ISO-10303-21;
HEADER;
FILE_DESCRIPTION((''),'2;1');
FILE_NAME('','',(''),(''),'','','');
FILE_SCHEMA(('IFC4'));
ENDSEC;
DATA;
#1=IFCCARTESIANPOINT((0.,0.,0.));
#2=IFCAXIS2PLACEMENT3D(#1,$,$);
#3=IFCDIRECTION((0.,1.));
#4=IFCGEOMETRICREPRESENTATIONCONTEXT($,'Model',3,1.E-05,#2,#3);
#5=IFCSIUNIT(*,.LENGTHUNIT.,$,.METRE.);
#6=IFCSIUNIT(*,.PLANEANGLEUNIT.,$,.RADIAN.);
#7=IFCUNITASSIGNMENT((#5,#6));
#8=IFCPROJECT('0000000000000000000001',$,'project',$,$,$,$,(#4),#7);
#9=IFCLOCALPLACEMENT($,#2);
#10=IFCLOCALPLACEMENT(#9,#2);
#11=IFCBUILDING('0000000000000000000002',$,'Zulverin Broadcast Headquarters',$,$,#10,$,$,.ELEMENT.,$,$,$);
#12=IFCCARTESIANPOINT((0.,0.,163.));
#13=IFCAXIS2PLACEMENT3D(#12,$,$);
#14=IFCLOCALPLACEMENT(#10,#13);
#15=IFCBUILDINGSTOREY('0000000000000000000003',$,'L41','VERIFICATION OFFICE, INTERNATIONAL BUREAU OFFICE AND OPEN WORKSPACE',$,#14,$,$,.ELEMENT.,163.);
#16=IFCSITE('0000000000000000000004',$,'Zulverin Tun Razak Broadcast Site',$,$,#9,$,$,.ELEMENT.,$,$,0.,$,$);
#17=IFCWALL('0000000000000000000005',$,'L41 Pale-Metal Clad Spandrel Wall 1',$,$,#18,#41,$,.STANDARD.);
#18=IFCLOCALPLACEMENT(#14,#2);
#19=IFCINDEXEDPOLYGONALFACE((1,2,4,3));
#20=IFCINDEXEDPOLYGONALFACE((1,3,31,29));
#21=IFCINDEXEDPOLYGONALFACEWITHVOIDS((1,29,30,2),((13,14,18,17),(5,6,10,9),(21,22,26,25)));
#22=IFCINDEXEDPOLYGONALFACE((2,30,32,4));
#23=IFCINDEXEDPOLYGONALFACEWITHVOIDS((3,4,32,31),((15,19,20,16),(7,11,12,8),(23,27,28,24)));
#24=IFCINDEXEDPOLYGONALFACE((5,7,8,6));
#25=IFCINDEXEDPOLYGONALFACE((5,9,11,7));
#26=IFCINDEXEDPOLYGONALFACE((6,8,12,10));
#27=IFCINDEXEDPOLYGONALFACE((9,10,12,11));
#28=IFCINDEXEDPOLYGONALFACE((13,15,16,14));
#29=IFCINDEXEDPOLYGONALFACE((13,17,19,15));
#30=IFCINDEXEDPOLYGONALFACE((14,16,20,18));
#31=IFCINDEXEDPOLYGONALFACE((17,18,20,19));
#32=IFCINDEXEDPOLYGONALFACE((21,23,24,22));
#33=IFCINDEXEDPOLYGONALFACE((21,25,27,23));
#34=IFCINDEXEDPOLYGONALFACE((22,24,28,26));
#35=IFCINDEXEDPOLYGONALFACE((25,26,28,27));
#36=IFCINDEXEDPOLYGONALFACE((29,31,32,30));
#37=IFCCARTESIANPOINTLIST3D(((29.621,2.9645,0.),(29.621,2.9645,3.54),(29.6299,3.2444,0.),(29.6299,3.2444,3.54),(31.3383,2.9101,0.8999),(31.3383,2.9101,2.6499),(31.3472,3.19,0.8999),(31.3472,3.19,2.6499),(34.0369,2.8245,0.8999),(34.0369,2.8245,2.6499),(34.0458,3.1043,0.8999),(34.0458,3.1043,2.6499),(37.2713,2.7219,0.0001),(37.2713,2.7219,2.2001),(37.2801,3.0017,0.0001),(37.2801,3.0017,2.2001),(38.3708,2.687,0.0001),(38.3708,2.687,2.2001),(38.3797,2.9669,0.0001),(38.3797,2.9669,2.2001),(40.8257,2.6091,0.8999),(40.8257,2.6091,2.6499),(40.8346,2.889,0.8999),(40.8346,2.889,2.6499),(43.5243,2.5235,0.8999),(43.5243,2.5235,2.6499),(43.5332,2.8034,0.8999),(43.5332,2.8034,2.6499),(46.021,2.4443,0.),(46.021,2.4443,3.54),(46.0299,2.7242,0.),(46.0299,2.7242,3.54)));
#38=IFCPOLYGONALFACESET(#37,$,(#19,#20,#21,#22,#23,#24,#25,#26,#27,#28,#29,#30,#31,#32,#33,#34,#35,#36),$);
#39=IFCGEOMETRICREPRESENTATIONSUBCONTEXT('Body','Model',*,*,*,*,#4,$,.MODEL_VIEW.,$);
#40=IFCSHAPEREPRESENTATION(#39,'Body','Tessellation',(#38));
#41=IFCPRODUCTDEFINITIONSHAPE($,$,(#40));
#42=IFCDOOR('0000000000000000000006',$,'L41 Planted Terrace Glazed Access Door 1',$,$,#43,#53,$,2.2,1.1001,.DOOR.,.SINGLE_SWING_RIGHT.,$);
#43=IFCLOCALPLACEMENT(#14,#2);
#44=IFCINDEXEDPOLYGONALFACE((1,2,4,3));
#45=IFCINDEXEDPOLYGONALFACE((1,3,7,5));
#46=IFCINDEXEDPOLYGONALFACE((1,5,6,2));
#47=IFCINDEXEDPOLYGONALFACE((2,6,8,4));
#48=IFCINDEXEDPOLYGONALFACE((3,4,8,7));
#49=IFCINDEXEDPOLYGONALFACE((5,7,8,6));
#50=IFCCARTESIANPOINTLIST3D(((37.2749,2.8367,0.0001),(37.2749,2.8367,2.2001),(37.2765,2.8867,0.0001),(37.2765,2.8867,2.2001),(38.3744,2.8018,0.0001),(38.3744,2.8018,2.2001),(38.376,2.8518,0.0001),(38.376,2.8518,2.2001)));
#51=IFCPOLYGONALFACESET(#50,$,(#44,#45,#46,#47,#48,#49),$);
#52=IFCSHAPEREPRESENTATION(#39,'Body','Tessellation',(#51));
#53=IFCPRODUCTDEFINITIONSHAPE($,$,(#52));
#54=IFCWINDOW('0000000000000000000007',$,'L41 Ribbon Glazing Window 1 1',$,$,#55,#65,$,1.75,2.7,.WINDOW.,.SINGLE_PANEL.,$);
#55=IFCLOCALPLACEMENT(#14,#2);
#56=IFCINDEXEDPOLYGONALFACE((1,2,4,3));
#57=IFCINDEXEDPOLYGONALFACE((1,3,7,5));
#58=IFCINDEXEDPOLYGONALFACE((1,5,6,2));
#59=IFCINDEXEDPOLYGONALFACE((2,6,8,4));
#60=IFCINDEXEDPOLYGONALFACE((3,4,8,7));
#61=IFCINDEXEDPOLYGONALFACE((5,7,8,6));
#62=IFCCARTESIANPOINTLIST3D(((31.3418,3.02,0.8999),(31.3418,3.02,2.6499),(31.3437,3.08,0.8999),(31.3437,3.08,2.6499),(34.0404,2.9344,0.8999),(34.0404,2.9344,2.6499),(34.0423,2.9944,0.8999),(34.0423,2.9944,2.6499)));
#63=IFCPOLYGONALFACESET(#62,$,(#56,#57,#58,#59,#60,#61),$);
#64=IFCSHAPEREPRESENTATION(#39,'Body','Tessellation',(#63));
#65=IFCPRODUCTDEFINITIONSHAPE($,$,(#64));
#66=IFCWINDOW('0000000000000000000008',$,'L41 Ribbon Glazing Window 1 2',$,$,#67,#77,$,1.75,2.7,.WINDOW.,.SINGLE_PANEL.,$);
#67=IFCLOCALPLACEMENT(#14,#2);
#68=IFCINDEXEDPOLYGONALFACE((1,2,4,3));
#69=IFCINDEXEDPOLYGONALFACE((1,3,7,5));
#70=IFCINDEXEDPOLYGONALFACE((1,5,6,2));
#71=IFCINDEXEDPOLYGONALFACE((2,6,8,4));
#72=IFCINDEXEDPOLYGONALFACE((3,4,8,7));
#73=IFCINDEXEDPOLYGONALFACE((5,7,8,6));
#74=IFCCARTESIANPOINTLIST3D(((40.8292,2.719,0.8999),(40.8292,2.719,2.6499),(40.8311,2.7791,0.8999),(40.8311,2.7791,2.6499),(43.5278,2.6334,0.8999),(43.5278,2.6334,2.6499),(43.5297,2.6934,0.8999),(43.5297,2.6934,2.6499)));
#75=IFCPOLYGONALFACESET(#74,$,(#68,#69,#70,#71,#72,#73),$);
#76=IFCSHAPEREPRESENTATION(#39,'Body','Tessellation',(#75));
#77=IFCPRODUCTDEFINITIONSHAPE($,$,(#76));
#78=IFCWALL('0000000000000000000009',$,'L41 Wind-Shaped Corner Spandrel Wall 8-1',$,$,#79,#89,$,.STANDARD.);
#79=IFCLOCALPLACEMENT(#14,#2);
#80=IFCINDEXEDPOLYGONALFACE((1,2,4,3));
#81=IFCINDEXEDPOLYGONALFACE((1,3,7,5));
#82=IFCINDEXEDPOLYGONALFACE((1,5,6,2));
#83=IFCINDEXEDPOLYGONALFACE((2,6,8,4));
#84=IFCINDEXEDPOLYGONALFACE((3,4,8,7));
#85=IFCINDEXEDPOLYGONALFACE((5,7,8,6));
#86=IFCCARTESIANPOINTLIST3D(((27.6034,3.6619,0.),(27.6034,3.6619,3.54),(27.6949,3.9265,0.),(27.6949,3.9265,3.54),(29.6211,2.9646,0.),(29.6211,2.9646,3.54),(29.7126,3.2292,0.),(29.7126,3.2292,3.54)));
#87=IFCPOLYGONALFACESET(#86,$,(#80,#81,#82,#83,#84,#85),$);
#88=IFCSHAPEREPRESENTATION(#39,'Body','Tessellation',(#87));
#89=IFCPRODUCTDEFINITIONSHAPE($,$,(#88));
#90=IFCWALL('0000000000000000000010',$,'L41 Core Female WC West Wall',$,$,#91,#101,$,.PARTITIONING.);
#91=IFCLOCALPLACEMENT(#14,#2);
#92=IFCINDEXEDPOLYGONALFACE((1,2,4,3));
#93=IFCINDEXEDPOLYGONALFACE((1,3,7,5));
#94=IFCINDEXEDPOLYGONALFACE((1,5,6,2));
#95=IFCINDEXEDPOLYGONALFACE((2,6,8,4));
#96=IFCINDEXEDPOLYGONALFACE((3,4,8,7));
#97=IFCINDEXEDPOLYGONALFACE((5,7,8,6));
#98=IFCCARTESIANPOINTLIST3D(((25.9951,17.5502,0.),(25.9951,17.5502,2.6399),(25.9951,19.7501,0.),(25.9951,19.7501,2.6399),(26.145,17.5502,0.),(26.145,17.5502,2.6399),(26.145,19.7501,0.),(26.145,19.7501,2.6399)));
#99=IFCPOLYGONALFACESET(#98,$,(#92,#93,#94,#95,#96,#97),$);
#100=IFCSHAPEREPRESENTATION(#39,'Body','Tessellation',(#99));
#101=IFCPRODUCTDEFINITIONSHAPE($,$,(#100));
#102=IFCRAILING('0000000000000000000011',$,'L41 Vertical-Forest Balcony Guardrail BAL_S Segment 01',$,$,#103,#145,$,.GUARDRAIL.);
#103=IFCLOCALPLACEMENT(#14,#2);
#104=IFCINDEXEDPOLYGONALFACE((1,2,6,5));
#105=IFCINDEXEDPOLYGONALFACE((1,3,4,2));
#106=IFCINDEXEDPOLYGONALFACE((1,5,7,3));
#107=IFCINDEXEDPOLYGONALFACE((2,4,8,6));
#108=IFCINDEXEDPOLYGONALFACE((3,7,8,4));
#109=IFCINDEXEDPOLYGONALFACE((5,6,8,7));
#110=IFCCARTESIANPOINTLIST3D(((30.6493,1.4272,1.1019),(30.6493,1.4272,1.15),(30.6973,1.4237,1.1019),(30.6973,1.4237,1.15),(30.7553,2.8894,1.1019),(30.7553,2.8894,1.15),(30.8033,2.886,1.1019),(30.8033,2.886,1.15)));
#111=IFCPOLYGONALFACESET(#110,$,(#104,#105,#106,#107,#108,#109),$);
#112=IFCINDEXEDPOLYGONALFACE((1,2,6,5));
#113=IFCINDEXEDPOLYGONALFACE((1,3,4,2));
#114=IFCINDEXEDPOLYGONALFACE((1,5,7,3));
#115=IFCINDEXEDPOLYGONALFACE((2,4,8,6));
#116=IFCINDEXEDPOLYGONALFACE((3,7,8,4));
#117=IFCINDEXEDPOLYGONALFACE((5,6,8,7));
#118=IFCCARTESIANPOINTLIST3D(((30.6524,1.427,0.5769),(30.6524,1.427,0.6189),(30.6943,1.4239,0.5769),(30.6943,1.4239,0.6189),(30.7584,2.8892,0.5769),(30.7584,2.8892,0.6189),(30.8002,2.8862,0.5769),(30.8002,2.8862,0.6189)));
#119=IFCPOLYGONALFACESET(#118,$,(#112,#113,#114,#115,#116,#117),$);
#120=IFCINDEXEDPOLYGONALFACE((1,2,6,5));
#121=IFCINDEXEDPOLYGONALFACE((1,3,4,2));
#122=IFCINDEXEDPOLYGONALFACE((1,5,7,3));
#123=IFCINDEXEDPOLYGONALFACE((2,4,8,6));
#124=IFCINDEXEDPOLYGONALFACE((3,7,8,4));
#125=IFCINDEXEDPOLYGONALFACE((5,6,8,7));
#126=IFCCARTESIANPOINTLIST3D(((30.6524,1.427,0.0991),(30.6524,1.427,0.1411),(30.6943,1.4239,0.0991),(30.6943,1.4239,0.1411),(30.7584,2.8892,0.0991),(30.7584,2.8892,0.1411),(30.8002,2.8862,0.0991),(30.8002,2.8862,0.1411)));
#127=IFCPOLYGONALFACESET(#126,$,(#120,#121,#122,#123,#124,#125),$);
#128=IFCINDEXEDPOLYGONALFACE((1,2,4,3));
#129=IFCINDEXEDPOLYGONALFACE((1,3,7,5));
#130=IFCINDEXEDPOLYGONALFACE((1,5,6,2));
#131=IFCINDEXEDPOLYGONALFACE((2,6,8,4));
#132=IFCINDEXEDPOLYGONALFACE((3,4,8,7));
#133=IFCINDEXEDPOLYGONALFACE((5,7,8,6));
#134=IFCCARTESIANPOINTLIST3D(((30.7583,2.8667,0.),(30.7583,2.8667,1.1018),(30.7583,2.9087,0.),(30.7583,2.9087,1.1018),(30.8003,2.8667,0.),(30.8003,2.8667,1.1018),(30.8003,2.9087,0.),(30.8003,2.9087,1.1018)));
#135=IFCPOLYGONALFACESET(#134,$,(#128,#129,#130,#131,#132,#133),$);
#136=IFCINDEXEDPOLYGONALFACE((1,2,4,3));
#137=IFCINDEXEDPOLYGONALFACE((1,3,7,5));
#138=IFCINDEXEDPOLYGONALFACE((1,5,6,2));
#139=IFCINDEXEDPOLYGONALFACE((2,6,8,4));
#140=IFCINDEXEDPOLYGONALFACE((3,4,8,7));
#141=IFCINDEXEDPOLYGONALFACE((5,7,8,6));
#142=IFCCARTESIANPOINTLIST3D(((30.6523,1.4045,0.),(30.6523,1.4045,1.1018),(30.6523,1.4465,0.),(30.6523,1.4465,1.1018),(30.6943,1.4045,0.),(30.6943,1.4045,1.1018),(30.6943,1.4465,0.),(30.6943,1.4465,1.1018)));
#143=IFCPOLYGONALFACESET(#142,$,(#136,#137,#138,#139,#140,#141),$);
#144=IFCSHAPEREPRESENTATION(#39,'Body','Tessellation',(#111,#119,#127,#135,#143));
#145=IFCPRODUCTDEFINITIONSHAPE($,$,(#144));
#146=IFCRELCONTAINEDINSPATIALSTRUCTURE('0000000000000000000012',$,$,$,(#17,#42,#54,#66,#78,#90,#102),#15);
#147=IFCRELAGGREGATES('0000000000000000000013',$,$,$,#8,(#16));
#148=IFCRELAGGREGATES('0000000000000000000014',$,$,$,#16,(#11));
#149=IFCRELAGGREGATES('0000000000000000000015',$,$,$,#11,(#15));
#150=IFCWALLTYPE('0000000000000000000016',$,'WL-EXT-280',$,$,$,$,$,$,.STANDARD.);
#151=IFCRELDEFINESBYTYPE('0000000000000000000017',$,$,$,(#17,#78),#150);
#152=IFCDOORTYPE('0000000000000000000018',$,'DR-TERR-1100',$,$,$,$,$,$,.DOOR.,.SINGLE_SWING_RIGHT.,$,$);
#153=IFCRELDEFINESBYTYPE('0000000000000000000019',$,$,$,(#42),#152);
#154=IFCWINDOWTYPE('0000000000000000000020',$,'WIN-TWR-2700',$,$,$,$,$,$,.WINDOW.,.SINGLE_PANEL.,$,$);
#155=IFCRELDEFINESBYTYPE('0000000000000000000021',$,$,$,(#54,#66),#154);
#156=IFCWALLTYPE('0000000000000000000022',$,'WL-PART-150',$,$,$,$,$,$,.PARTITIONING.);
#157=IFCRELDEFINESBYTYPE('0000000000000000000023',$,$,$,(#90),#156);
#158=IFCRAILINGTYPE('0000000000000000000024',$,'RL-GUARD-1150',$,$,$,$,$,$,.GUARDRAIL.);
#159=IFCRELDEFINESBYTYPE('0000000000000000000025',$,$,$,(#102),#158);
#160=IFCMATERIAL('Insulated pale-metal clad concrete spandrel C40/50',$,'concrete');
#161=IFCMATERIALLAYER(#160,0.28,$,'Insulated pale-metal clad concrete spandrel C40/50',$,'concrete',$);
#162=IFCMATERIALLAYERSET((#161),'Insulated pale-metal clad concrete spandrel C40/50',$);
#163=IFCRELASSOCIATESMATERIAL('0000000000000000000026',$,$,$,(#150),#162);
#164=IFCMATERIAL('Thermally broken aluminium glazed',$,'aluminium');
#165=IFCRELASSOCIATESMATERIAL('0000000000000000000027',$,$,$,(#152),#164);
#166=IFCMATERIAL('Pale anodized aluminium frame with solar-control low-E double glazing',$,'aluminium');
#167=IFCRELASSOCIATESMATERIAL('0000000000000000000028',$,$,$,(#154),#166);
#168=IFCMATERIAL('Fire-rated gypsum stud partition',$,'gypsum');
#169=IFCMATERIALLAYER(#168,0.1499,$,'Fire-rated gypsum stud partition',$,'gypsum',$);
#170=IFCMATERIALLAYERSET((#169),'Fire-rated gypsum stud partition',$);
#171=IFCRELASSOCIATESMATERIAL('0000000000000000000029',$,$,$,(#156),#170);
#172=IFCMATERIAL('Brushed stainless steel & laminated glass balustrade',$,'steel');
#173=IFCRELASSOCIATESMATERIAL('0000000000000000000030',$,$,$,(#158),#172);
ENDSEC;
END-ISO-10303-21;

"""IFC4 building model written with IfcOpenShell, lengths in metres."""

from ifc_helpers import new_model, si_unit, direction, frame, frame_2d, origin, origin_2d, place, context, subcontext, project, spatial, rectangle, extrude, material, layer, layer_set, type_object, element, fill, save


model = new_model("IFC4")

# Units and contexts
model_context = context("Model", 3, precision=1e-05, world=origin(), true_north=direction((0.0, 1.0)))
body_context = subcontext(model_context, "Body", "Model", "MODEL_VIEW")
ifc_project = project(units=[si_unit("LENGTHUNIT", "METRE"), si_unit("PLANEANGLEUNIT", "RADIAN")], contexts=[model_context])

# Site, building, storey
site_placement = place(None, origin())
site = spatial("IfcSite", under=ifc_project, at=site_placement, Name="Zulverin Tun Razak Broadcast Site", CompositionType="ELEMENT", RefElevation=0.0)
building_placement = place(site_placement, origin())
building = spatial("IfcBuilding", under=site, at=building_placement, Name="Zulverin Broadcast Headquarters", CompositionType="ELEMENT")
storey_placement = place(building_placement, frame((0.0, 0.0, 163.0)))
storey = spatial("IfcBuildingStorey", under=building, at=storey_placement, Name="L41", Description="VERIFICATION OFFICE, INTERNATIONAL BUREAU OFFICE AND OPEN WORKSPACE", CompositionType="ELEMENT", Elevation=163.0)

# Wall, openings, door, windows
ifc_material_1 = material(Name="Insulated pale-metal clad concrete spandrel C40/50", Category="concrete")
ifc_layer_1 = layer(ifc_material_1, 0.28, Name="Insulated pale-metal clad concrete spandrel C40/50", Category="concrete")
ifc_layer_set_1 = layer_set([ifc_layer_1], Name="Insulated pale-metal clad concrete spandrel C40/50")
wall_type_1 = type_object("IfcWallType", Name="WL-EXT-280", PredefinedType="STANDARD", material=ifc_layer_set_1)
wall_1_placement = place(storey_placement, frame((29.6255, 3.1045, 0.0), z_axis=(0.0, 0.0, 1.0), x_axis=(0.999497, -0.031708, 0.0)))
wall_1 = element("IfcWall", 1, at=wall_1_placement, inside=storey, type_object=wall_type_1, Name="L41 Pale-Metal Clad Spandrel Wall 1", PredefinedType="STANDARD", context=body_context, shape_type="SweptSolid", body=[
    extrude(rectangle(XDim=16.4082, YDim=0.28, at=frame_2d((8.2041, 0.0))), origin(), (0.0, 0.0, 1.0), 3.54),
])
opening_1_placement = place(wall_1_placement, frame((7.6541, 0.0, 0.0)))
opening_1 = element("IfcOpeningElement", 2, at=opening_1_placement, cuts=wall_1, PredefinedType="OPENING", context=body_context, shape_type="SweptSolid", body=[
    extrude(rectangle(XDim=1.1001, YDim=2.2, at=frame_2d((0.55, 1.1001))), frame((0.0, 0.1499, 0.0), z_axis=(0.0, -1.0, 0.0), x_axis=(1.0, 0.0, 0.0)), (0.0, 0.0, 1.0), 0.3),
])
opening_2_placement = place(wall_1_placement, frame((1.718, 0.0, 0.8999)))
opening_2 = element("IfcOpeningElement", 3, at=opening_2_placement, cuts=wall_1, PredefinedType="OPENING", context=body_context, shape_type="SweptSolid", body=[
    extrude(rectangle(XDim=2.7, YDim=1.75, at=frame_2d((1.3501, 0.875))), frame((0.0, 0.1499, 0.0), z_axis=(0.0, -1.0, 0.0), x_axis=(1.0, 0.0, 0.0)), (0.0, 0.0, 1.0), 0.3),
])
opening_3_placement = place(wall_1_placement, frame((11.2102, 0.0, 0.8999)))
opening_3 = element("IfcOpeningElement", 4, at=opening_3_placement, cuts=wall_1, PredefinedType="OPENING", context=body_context, shape_type="SweptSolid", body=[
    extrude(rectangle(XDim=2.7, YDim=1.75, at=frame_2d((1.3501, 0.875))), frame((0.0, 0.1499, 0.0), z_axis=(0.0, -1.0, 0.0), x_axis=(1.0, 0.0, 0.0)), (0.0, 0.0, 1.0), 0.3),
])
ifc_material_2 = material(Name="Thermally broken aluminium glazed", Category="aluminium")
door_type = type_object("IfcDoorType", Name="DR-TERR-1100", OperationType="SINGLE_SWING_RIGHT", PredefinedType="DOOR", material=ifc_material_2)
door_placement = place(opening_1_placement, origin())
door = element("IfcDoor", 5, at=door_placement, inside=storey, type_object=door_type, Name="L41 Planted Terrace Glazed Access Door 1", OperationType="SINGLE_SWING_RIGHT", OverallHeight=2.2, OverallWidth=1.1001, PredefinedType="DOOR", context=body_context, shape_type="SweptSolid", body=[
    extrude(rectangle(XDim=1.1001, YDim=2.2, at=frame_2d((0.55, 1.1001))), frame((0.0, 0.0249, 0.0), z_axis=(0.0, -1.0, 0.0), x_axis=(1.0, 0.0, 0.0)), (0.0, 0.0, 1.0), 0.05),
])
fill(opening_1, door)
ifc_material_3 = material(Name="Pale anodized aluminium frame with solar-control low-E double glazing", Category="aluminium")
window_type = type_object("IfcWindowType", Name="WIN-TWR-2700", PartitioningType="SINGLE_PANEL", PredefinedType="WINDOW", material=ifc_material_3)
window_1_placement = place(opening_2_placement, origin())
window_1 = element("IfcWindow", 6, at=window_1_placement, inside=storey, type_object=window_type, Name="L41 Ribbon Glazing Window 1 1", OverallHeight=1.75, OverallWidth=2.7, PartitioningType="SINGLE_PANEL", PredefinedType="WINDOW", context=body_context, shape_type="SweptSolid", body=[
    extrude(rectangle(XDim=2.7, YDim=1.75, at=frame_2d((1.3501, 0.875))), frame((0.0, 0.03, 0.0), z_axis=(0.0, -1.0, 0.0), x_axis=(1.0, 0.0, 0.0)), (0.0, 0.0, 1.0), 0.0601),
])
fill(opening_2, window_1)
window_2_placement = place(opening_3_placement, origin())
window_2 = element("IfcWindow", 7, at=window_2_placement, inside=storey, type_object=window_type, Name="L41 Ribbon Glazing Window 1 2", OverallHeight=1.75, OverallWidth=2.7, PartitioningType="SINGLE_PANEL", PredefinedType="WINDOW", context=body_context, shape_type="SweptSolid", body=[
    extrude(rectangle(XDim=2.7, YDim=1.75, at=frame_2d((1.3501, 0.875))), frame((0.0, 0.03, 0.0), z_axis=(0.0, -1.0, 0.0), x_axis=(1.0, 0.0, 0.0)), (0.0, 0.0, 1.0), 0.0601),
])
fill(opening_3, window_2)

# Walls
wall_2_placement = place(storey_placement, frame((27.6492, 3.7942, 0.0), z_axis=(0.0, 0.0, 1.0), x_axis=(0.945149, -0.326639, 0.0)))
element("IfcWall", 8, at=wall_2_placement, inside=storey, type_object=wall_type_1, Name="L41 Wind-Shaped Corner Spandrel Wall 8-1", PredefinedType="STANDARD", context=body_context, shape_type="SweptSolid", body=[
    extrude(rectangle(XDim=2.1348, YDim=0.28, at=frame_2d((1.0674, 0.0))), origin(), (0.0, 0.0, 1.0), 3.54),
])
ifc_material_4 = material(Name="Fire-rated gypsum stud partition", Category="gypsum")
ifc_layer_2 = layer(ifc_material_4, 0.1499, Name="Fire-rated gypsum stud partition", Category="gypsum")
ifc_layer_set_2 = layer_set([ifc_layer_2], Name="Fire-rated gypsum stud partition")
wall_type_2 = type_object("IfcWallType", Name="WL-PART-150", PredefinedType="PARTITIONING", material=ifc_layer_set_2)
wall_3_placement = place(storey_placement, frame((26.0701, 17.55, 0.0), z_axis=(0.0, 0.0, 1.0), x_axis=(0.0, 1.0, 0.0)))
element("IfcWall", 9, at=wall_3_placement, inside=storey, type_object=wall_type_2, Name="L41 Core Female WC West Wall", PredefinedType="PARTITIONING", context=body_context, shape_type="SweptSolid", body=[
    extrude(rectangle(XDim=2.2, YDim=0.1499, at=frame_2d((1.1001, 0.0))), origin(), (0.0, 0.0, 1.0), 2.6399),
])

# Railing
ifc_material_5 = material(Name="Brushed stainless steel & laminated glass balustrade", Category="steel")
railing_type = type_object("IfcRailingType", Name="RL-GUARD-1150", PredefinedType="GUARDRAIL", material=ifc_material_5)
railing_1_placement = place(storey_placement, frame((30.7793, 2.8877, 0.0)))
element("IfcRailing", 10, at=railing_1_placement, inside=storey, type_object=railing_type, Name="L41 Vertical-Forest Balcony Guardrail BAL_S Segment 01", PredefinedType="GUARDRAIL", context=body_context, shape_type="SweptSolid", body=[
    extrude(rectangle(XDim=0.0481, YDim=0.0481, at=origin_2d()), frame((0.0, 0.0, 1.126), z_axis=(-0.072277, -0.997385, 0.0), x_axis=(0.997385, -0.072277, 0.0)), (0.0, 0.0, 1.0), 1.4661),
    extrude(rectangle(XDim=0.042, YDim=0.042, at=origin_2d()), frame((0.0, 0.0, 0.5979), z_axis=(-0.072277, -0.997385, 0.0), x_axis=(0.997385, -0.072277, 0.0)), (0.0, 0.0, 1.0), 1.4661),
    extrude(rectangle(XDim=0.042, YDim=0.042, at=origin_2d()), frame((0.0, 0.0, 0.1201), z_axis=(-0.072277, -0.997385, 0.0), x_axis=(0.997385, -0.072277, 0.0)), (0.0, 0.0, 1.0), 1.4661),
    extrude(rectangle(XDim=0.042, YDim=0.042, at=origin_2d()), origin(), (0.0, 0.0, 1.0), 1.1018),
    extrude(rectangle(XDim=0.042, YDim=0.042, at=origin_2d()), frame((-0.106, -1.4622, 0.0)), (0.0, 0.0, 1.0), 1.1018),
])

save(model, "model.ifc")
